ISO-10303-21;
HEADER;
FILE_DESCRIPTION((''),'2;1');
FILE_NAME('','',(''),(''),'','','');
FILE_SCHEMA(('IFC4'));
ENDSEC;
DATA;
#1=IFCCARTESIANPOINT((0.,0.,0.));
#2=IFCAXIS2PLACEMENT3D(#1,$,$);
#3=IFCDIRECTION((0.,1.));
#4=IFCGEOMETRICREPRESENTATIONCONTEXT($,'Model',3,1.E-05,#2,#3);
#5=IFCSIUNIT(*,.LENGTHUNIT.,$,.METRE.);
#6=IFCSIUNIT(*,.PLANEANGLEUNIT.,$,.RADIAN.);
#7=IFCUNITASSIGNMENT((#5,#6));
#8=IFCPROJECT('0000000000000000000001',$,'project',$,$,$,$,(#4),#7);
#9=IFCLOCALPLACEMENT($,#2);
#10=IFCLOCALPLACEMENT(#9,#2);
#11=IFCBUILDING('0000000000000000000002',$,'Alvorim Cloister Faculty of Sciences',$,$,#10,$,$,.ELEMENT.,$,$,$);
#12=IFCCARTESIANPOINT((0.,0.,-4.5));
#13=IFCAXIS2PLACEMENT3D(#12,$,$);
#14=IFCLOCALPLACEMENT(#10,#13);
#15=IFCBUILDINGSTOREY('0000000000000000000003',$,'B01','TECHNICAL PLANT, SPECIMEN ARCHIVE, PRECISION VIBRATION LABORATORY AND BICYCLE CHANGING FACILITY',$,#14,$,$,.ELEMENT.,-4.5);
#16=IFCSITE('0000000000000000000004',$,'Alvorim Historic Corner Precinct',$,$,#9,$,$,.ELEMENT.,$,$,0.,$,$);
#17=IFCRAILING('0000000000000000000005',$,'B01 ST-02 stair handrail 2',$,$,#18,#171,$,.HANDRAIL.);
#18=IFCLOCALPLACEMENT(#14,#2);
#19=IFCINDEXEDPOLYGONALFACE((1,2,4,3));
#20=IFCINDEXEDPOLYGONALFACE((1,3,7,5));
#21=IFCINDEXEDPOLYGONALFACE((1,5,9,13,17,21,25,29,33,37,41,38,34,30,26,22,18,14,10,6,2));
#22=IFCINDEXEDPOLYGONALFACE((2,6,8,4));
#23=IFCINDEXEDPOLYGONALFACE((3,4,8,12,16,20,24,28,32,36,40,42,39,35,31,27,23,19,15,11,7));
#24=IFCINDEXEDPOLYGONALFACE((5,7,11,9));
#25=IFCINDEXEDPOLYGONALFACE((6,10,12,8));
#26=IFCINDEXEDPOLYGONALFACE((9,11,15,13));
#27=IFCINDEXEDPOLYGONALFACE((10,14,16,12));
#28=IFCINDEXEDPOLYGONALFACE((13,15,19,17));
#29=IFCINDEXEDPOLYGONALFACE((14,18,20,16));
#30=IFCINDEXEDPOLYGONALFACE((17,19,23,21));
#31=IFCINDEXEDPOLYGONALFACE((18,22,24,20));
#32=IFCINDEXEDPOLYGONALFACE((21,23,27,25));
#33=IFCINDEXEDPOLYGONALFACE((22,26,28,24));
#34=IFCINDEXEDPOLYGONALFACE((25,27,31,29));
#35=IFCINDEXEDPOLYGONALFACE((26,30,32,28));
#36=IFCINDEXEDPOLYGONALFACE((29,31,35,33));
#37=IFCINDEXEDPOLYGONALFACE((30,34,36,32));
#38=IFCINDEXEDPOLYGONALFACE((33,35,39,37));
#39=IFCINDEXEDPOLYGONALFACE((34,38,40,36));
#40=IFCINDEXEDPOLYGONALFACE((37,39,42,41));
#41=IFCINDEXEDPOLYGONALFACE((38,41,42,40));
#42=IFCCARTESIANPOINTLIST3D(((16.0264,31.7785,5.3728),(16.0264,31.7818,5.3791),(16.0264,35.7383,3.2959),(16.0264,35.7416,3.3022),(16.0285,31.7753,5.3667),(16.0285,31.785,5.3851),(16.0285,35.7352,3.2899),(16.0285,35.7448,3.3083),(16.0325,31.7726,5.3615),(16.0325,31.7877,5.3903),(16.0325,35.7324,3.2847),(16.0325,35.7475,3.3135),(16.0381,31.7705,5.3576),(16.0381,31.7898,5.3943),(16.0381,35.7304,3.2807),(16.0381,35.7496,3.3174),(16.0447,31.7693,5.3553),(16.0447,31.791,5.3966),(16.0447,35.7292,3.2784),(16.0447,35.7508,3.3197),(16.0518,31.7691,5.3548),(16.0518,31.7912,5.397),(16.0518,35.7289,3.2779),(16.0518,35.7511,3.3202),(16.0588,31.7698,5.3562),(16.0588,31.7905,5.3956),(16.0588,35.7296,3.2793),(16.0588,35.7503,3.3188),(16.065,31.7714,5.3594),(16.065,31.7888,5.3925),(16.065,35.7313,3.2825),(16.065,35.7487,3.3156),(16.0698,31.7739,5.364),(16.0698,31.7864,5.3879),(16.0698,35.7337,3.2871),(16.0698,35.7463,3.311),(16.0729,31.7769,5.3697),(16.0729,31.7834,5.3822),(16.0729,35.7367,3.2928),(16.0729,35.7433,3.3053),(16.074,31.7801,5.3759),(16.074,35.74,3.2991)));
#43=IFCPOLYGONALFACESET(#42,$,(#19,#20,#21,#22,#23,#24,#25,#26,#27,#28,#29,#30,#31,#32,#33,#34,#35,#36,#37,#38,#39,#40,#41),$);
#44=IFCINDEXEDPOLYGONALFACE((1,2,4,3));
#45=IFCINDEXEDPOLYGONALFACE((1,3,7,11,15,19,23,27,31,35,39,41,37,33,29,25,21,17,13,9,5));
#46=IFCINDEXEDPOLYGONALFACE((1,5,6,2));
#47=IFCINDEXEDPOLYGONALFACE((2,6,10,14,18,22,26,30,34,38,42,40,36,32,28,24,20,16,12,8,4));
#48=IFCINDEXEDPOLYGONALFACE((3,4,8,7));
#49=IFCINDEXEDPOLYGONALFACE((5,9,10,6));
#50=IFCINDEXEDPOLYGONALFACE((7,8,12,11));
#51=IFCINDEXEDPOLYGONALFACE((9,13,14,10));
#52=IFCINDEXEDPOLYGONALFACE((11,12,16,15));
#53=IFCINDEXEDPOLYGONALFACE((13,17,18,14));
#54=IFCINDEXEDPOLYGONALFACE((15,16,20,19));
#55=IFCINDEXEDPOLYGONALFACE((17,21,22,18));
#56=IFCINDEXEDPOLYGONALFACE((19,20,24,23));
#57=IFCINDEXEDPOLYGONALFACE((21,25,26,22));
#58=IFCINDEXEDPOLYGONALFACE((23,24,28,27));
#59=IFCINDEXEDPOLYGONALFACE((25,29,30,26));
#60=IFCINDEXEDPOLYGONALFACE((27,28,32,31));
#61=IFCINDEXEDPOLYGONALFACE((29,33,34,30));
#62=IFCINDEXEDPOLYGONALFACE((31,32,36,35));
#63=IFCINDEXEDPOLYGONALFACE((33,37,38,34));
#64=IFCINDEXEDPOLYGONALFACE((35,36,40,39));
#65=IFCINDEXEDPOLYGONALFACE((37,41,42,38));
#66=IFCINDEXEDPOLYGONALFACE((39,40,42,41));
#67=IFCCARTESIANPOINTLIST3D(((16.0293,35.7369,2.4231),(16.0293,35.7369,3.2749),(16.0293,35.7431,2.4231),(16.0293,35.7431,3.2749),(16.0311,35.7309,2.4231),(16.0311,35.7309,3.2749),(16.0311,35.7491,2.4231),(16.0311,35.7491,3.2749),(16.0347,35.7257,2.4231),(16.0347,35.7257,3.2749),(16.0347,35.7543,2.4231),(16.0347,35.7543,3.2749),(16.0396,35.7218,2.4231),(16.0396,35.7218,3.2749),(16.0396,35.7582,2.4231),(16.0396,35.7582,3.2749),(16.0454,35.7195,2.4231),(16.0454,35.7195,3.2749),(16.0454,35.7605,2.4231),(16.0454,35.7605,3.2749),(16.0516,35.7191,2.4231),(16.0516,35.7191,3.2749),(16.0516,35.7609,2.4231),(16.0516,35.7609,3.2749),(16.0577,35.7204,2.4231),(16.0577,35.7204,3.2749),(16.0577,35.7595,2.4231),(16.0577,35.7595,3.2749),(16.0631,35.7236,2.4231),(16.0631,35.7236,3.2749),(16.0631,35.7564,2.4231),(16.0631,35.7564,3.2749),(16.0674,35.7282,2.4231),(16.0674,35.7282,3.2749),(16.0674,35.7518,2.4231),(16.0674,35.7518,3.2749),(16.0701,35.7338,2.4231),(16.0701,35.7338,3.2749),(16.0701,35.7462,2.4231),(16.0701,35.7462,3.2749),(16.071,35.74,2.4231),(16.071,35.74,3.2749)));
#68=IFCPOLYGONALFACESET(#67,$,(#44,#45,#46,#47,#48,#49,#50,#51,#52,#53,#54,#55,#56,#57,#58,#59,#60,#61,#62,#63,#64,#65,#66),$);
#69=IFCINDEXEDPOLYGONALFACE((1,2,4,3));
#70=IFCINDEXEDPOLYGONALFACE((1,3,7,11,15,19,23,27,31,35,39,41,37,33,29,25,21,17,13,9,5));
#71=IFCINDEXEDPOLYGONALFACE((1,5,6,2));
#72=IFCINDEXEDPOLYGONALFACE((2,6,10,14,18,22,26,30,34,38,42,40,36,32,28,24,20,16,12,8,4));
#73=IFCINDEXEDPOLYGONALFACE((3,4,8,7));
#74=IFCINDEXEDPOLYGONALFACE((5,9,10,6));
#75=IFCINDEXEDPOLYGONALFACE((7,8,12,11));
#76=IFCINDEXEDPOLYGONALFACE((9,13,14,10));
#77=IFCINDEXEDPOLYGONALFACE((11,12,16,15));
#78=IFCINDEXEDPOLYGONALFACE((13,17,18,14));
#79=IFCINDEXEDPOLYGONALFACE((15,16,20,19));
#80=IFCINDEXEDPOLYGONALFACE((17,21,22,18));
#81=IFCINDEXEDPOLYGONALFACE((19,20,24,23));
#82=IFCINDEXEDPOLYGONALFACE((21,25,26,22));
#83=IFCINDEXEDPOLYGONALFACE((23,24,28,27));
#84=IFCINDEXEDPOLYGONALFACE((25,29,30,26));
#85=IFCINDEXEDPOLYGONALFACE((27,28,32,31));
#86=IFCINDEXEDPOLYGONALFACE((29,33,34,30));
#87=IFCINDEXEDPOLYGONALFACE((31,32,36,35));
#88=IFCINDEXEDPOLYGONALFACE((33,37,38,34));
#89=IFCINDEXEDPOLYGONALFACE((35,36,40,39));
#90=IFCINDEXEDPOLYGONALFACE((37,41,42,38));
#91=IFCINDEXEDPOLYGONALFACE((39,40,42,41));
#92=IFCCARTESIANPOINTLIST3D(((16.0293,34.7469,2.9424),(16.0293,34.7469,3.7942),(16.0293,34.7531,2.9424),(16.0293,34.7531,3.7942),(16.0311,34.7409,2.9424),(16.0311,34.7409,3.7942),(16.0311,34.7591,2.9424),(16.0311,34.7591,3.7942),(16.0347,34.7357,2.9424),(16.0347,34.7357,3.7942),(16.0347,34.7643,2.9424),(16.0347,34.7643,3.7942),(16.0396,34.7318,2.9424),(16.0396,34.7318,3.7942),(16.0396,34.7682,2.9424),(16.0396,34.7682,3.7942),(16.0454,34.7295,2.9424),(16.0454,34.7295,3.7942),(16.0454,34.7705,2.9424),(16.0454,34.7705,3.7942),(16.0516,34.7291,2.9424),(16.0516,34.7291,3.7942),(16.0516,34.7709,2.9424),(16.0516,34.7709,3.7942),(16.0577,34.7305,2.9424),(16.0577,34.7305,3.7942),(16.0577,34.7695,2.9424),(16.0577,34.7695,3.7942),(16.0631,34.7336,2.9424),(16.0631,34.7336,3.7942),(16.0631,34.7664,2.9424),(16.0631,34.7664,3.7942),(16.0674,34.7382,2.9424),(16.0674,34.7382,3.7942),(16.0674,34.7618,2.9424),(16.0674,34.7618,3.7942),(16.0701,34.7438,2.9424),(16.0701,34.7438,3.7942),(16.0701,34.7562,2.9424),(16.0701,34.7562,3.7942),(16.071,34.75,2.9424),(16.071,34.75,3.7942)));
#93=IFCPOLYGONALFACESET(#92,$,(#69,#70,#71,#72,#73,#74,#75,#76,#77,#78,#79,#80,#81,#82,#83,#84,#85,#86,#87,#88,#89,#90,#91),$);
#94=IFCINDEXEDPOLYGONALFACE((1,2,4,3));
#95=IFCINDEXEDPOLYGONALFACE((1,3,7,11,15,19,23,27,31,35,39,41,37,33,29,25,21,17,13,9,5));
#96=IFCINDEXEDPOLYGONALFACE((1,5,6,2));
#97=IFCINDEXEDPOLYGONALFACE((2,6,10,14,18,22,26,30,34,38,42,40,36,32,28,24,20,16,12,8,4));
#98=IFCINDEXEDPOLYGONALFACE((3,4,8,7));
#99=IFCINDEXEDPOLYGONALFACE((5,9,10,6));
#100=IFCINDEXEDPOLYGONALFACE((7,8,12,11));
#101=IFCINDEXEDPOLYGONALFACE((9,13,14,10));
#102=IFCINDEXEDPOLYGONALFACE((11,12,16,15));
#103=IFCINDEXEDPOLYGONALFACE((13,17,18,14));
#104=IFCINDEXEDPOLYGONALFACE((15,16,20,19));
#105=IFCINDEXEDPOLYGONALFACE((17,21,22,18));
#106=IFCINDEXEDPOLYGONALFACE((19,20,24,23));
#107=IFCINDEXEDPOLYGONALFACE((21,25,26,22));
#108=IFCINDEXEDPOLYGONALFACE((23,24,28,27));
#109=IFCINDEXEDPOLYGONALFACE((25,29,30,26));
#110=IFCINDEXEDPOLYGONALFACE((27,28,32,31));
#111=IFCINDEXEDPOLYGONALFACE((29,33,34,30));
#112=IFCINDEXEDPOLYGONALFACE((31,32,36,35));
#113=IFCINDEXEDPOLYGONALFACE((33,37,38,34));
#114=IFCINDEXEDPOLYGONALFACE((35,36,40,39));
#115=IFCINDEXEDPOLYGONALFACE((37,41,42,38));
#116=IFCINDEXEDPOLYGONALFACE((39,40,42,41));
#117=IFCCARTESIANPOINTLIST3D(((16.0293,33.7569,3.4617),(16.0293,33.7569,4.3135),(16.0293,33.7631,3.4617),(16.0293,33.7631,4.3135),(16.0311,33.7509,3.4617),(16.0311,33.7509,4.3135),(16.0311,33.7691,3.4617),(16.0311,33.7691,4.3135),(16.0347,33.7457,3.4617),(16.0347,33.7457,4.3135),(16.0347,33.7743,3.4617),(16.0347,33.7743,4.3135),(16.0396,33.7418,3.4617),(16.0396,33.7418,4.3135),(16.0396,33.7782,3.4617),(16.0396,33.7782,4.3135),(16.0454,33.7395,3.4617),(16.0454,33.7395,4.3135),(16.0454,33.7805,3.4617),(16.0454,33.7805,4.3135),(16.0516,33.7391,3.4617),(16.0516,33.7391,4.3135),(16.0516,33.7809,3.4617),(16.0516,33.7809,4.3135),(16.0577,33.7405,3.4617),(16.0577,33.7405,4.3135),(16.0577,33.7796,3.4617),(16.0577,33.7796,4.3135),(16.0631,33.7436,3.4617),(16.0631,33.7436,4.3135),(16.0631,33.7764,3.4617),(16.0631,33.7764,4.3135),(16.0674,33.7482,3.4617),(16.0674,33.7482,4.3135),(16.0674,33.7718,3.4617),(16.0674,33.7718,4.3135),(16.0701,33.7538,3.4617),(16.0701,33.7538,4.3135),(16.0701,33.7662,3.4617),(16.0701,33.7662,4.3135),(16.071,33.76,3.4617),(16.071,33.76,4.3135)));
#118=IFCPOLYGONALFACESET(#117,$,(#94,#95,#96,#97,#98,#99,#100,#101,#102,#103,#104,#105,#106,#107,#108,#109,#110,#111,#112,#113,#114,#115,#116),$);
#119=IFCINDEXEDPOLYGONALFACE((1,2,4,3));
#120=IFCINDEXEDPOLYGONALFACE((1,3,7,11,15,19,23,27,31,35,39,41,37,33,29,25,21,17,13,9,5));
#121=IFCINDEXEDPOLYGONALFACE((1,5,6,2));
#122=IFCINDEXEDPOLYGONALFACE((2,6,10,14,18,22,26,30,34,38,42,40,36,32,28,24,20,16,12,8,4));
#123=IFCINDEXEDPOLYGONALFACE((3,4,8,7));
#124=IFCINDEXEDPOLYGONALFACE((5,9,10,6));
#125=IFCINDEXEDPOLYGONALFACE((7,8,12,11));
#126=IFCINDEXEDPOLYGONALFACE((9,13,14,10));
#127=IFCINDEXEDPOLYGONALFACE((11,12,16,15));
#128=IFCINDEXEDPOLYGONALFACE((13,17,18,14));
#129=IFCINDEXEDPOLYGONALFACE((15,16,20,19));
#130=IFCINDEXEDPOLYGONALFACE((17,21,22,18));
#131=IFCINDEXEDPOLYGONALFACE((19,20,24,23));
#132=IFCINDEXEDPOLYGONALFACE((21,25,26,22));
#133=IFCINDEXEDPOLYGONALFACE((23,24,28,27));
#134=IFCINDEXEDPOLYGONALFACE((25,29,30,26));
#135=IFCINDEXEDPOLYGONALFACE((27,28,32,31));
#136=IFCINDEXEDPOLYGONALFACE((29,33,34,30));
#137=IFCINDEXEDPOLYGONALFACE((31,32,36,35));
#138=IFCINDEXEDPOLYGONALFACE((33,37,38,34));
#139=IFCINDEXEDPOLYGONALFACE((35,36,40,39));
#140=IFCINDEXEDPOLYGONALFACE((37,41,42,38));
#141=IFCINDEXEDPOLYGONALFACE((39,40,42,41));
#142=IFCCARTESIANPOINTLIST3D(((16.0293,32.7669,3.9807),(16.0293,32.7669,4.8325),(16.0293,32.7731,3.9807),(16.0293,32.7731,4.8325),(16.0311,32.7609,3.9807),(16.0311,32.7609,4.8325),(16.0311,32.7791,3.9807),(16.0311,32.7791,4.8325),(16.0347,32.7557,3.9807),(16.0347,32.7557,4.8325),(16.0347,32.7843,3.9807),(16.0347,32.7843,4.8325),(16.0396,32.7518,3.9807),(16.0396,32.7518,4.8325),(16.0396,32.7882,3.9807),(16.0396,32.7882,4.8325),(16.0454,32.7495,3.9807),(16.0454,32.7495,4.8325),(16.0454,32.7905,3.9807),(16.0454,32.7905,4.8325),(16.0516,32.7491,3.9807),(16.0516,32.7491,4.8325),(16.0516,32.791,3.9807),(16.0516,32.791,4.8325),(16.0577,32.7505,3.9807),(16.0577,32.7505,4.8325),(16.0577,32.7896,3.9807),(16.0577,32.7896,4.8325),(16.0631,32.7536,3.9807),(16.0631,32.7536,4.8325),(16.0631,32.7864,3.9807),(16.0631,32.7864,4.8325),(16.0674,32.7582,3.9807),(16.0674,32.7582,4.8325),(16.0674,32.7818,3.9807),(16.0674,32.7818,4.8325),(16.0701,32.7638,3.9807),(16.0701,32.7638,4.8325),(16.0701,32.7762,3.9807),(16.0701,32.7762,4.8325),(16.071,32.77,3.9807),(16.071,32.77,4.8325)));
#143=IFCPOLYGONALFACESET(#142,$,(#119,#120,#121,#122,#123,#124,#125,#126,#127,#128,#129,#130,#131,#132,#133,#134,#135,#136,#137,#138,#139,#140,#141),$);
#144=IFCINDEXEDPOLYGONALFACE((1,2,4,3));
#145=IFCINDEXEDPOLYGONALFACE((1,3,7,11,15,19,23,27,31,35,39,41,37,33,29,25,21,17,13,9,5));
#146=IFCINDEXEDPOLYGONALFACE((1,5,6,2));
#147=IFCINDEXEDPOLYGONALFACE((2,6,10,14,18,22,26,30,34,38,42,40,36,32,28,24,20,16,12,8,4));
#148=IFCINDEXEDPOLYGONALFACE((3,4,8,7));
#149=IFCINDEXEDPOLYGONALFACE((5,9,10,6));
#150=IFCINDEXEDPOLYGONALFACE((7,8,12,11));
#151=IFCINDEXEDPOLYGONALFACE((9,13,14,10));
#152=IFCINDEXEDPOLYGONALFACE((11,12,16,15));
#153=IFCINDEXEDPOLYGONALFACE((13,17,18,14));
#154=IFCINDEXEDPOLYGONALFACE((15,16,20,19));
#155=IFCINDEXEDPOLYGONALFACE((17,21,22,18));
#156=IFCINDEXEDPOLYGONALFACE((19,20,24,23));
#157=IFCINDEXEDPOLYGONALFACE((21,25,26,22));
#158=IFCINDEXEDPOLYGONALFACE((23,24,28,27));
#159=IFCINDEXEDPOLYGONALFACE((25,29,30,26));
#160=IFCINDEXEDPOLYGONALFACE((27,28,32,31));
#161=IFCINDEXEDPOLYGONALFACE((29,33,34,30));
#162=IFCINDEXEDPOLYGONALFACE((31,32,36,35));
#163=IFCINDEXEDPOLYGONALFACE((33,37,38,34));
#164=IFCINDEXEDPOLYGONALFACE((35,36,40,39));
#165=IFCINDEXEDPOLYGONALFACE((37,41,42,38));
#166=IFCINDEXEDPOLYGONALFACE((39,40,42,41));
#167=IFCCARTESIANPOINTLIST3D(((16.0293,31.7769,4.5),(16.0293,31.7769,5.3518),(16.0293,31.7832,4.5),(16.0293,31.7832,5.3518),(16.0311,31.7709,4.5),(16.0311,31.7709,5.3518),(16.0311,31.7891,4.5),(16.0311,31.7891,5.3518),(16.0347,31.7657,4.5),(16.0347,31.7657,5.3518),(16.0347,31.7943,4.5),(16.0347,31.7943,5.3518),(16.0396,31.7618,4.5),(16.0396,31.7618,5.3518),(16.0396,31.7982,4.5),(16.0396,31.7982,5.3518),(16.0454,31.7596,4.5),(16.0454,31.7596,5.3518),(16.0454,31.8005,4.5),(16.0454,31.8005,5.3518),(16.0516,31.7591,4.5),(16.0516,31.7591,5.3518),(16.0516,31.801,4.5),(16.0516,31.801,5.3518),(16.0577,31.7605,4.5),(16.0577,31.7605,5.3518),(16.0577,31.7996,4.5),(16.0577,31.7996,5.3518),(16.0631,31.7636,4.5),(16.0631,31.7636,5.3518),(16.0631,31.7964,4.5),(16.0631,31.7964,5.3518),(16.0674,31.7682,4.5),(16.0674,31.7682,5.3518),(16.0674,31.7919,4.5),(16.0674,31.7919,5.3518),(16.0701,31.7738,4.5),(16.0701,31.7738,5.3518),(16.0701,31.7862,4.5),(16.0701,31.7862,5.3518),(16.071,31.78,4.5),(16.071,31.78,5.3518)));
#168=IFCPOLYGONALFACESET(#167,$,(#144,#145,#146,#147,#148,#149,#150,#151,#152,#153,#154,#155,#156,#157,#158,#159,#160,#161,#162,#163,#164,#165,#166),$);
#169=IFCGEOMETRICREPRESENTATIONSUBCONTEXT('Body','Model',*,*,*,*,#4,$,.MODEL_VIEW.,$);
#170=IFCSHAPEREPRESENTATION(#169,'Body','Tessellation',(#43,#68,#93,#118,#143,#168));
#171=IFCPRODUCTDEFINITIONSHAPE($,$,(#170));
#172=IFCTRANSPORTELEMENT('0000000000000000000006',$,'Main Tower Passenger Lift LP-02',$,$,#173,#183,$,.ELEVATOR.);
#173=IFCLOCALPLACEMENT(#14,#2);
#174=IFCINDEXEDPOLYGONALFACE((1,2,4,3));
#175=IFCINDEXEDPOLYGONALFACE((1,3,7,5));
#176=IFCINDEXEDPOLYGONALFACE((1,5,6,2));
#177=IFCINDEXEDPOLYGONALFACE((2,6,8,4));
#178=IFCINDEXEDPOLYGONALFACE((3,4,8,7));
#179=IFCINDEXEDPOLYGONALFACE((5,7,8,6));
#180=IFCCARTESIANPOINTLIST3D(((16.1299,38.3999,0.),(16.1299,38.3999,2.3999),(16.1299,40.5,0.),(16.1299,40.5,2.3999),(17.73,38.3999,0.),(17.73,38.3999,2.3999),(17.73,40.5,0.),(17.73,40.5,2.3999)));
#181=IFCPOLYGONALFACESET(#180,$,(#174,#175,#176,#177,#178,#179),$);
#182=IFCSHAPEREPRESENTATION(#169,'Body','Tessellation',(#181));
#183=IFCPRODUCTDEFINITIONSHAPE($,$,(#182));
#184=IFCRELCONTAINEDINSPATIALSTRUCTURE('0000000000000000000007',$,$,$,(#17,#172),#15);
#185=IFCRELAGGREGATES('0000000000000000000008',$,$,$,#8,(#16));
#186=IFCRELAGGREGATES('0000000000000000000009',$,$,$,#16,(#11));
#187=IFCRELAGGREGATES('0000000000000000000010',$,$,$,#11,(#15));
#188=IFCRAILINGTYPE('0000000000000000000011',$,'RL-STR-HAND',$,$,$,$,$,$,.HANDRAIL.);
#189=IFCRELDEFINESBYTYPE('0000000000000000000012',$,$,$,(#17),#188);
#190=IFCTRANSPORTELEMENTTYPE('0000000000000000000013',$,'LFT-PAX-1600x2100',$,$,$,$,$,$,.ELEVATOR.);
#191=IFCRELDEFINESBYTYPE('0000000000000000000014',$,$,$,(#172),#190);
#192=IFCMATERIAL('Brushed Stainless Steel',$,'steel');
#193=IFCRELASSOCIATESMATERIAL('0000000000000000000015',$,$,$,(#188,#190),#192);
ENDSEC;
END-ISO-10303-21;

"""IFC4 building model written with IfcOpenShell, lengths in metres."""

from ifc_helpers import new_model, si_unit, direction, frame, origin, origin_2d, place, context, subcontext, project, spatial, rectangle, circle, extrude, material, type_object, element, save


model = new_model("IFC4")

# Units and contexts
model_context = context("Model", 3, precision=1e-05, world=origin(), true_north=direction((0.0, 1.0)))
body_context = subcontext(model_context, "Body", "Model", "MODEL_VIEW")
ifc_project = project(units=[si_unit("LENGTHUNIT", "METRE"), si_unit("PLANEANGLEUNIT", "RADIAN")], contexts=[model_context])

# Site, building, storey
site_placement = place(None, origin())
site = spatial("IfcSite", under=ifc_project, at=site_placement, Name="Alvorim Historic Corner Precinct", CompositionType="ELEMENT", RefElevation=0.0)
building_placement = place(site_placement, origin())
building = spatial("IfcBuilding", under=site, at=building_placement, Name="Alvorim Cloister Faculty of Sciences", CompositionType="ELEMENT")
storey_placement = place(building_placement, frame((0.0, 0.0, -4.5)))
storey = spatial("IfcBuildingStorey", under=building, at=storey_placement, Name="B01", Description="TECHNICAL PLANT, SPECIMEN ARCHIVE, PRECISION VIBRATION LABORATORY AND BICYCLE CHANGING FACILITY", CompositionType="ELEMENT", Elevation=-4.5)

# Shared definitions
ifc_material_1 = material(Name="Brushed Stainless Steel", Category="steel")

# Railing
railing_type_1 = type_object("IfcRailingType", Name="RL-STR-HAND", PredefinedType="HANDRAIL", material=ifc_material_1)
railing_1_placement = place(storey_placement, frame((16.05, 35.74, 2.4231)))
element("IfcRailing", 1, at=railing_1_placement, inside=storey, type_object=railing_type_1, Name="B01 ST-02 stair handrail 2", PredefinedType="HANDRAIL", context=body_context, shape_type="SweptSolid", body=[
    extrude(circle(Radius=0.0239, at=origin_2d()), frame((0.0, 0.0, 0.876), z_axis=(0.0, -0.885589, 0.46447), x_axis=(1.0, 0.0, 0.0)), (0.0, 0.0, 1.0), 4.4714),
    extrude(circle(Radius=0.021, at=origin_2d()), origin(), (0.0, 0.0, 1.0), 0.8518),
    extrude(circle(Radius=0.021, at=origin_2d()), frame((0.0, -0.99, 0.5193)), (0.0, 0.0, 1.0), 0.8518),
    extrude(circle(Radius=0.021, at=origin_2d()), frame((0.0, -1.98, 1.0386)), (0.0, 0.0, 1.0), 0.8518),
    extrude(circle(Radius=0.021, at=origin_2d()), frame((0.0, -2.97, 1.5576)), (0.0, 0.0, 1.0), 0.8518),
    extrude(circle(Radius=0.021, at=origin_2d()), frame((0.0, -3.96, 2.0769)), (0.0, 0.0, 1.0), 0.8518),
])

# Transport element
transport_element_type = type_object("IfcTransportElementType", Name="LFT-PAX-1600x2100", PredefinedType="ELEVATOR", material=ifc_material_1)
transport_element_placement = place(storey_placement, frame((16.9299, 39.45, 0.0), z_axis=(0.0, 0.0, 1.0), x_axis=(1.0, 0.0, 0.0)))
element("IfcTransportElement", 2, at=transport_element_placement, inside=storey, type_object=transport_element_type, Name="Main Tower Passenger Lift LP-02", PredefinedType="ELEVATOR", context=body_context, shape_type="SweptSolid", body=[
    extrude(rectangle(XDim=1.6001, YDim=2.1001, at=origin_2d()), origin(), (0.0, 0.0, 1.0), 2.3999),
])

save(model, "model.ifc")
